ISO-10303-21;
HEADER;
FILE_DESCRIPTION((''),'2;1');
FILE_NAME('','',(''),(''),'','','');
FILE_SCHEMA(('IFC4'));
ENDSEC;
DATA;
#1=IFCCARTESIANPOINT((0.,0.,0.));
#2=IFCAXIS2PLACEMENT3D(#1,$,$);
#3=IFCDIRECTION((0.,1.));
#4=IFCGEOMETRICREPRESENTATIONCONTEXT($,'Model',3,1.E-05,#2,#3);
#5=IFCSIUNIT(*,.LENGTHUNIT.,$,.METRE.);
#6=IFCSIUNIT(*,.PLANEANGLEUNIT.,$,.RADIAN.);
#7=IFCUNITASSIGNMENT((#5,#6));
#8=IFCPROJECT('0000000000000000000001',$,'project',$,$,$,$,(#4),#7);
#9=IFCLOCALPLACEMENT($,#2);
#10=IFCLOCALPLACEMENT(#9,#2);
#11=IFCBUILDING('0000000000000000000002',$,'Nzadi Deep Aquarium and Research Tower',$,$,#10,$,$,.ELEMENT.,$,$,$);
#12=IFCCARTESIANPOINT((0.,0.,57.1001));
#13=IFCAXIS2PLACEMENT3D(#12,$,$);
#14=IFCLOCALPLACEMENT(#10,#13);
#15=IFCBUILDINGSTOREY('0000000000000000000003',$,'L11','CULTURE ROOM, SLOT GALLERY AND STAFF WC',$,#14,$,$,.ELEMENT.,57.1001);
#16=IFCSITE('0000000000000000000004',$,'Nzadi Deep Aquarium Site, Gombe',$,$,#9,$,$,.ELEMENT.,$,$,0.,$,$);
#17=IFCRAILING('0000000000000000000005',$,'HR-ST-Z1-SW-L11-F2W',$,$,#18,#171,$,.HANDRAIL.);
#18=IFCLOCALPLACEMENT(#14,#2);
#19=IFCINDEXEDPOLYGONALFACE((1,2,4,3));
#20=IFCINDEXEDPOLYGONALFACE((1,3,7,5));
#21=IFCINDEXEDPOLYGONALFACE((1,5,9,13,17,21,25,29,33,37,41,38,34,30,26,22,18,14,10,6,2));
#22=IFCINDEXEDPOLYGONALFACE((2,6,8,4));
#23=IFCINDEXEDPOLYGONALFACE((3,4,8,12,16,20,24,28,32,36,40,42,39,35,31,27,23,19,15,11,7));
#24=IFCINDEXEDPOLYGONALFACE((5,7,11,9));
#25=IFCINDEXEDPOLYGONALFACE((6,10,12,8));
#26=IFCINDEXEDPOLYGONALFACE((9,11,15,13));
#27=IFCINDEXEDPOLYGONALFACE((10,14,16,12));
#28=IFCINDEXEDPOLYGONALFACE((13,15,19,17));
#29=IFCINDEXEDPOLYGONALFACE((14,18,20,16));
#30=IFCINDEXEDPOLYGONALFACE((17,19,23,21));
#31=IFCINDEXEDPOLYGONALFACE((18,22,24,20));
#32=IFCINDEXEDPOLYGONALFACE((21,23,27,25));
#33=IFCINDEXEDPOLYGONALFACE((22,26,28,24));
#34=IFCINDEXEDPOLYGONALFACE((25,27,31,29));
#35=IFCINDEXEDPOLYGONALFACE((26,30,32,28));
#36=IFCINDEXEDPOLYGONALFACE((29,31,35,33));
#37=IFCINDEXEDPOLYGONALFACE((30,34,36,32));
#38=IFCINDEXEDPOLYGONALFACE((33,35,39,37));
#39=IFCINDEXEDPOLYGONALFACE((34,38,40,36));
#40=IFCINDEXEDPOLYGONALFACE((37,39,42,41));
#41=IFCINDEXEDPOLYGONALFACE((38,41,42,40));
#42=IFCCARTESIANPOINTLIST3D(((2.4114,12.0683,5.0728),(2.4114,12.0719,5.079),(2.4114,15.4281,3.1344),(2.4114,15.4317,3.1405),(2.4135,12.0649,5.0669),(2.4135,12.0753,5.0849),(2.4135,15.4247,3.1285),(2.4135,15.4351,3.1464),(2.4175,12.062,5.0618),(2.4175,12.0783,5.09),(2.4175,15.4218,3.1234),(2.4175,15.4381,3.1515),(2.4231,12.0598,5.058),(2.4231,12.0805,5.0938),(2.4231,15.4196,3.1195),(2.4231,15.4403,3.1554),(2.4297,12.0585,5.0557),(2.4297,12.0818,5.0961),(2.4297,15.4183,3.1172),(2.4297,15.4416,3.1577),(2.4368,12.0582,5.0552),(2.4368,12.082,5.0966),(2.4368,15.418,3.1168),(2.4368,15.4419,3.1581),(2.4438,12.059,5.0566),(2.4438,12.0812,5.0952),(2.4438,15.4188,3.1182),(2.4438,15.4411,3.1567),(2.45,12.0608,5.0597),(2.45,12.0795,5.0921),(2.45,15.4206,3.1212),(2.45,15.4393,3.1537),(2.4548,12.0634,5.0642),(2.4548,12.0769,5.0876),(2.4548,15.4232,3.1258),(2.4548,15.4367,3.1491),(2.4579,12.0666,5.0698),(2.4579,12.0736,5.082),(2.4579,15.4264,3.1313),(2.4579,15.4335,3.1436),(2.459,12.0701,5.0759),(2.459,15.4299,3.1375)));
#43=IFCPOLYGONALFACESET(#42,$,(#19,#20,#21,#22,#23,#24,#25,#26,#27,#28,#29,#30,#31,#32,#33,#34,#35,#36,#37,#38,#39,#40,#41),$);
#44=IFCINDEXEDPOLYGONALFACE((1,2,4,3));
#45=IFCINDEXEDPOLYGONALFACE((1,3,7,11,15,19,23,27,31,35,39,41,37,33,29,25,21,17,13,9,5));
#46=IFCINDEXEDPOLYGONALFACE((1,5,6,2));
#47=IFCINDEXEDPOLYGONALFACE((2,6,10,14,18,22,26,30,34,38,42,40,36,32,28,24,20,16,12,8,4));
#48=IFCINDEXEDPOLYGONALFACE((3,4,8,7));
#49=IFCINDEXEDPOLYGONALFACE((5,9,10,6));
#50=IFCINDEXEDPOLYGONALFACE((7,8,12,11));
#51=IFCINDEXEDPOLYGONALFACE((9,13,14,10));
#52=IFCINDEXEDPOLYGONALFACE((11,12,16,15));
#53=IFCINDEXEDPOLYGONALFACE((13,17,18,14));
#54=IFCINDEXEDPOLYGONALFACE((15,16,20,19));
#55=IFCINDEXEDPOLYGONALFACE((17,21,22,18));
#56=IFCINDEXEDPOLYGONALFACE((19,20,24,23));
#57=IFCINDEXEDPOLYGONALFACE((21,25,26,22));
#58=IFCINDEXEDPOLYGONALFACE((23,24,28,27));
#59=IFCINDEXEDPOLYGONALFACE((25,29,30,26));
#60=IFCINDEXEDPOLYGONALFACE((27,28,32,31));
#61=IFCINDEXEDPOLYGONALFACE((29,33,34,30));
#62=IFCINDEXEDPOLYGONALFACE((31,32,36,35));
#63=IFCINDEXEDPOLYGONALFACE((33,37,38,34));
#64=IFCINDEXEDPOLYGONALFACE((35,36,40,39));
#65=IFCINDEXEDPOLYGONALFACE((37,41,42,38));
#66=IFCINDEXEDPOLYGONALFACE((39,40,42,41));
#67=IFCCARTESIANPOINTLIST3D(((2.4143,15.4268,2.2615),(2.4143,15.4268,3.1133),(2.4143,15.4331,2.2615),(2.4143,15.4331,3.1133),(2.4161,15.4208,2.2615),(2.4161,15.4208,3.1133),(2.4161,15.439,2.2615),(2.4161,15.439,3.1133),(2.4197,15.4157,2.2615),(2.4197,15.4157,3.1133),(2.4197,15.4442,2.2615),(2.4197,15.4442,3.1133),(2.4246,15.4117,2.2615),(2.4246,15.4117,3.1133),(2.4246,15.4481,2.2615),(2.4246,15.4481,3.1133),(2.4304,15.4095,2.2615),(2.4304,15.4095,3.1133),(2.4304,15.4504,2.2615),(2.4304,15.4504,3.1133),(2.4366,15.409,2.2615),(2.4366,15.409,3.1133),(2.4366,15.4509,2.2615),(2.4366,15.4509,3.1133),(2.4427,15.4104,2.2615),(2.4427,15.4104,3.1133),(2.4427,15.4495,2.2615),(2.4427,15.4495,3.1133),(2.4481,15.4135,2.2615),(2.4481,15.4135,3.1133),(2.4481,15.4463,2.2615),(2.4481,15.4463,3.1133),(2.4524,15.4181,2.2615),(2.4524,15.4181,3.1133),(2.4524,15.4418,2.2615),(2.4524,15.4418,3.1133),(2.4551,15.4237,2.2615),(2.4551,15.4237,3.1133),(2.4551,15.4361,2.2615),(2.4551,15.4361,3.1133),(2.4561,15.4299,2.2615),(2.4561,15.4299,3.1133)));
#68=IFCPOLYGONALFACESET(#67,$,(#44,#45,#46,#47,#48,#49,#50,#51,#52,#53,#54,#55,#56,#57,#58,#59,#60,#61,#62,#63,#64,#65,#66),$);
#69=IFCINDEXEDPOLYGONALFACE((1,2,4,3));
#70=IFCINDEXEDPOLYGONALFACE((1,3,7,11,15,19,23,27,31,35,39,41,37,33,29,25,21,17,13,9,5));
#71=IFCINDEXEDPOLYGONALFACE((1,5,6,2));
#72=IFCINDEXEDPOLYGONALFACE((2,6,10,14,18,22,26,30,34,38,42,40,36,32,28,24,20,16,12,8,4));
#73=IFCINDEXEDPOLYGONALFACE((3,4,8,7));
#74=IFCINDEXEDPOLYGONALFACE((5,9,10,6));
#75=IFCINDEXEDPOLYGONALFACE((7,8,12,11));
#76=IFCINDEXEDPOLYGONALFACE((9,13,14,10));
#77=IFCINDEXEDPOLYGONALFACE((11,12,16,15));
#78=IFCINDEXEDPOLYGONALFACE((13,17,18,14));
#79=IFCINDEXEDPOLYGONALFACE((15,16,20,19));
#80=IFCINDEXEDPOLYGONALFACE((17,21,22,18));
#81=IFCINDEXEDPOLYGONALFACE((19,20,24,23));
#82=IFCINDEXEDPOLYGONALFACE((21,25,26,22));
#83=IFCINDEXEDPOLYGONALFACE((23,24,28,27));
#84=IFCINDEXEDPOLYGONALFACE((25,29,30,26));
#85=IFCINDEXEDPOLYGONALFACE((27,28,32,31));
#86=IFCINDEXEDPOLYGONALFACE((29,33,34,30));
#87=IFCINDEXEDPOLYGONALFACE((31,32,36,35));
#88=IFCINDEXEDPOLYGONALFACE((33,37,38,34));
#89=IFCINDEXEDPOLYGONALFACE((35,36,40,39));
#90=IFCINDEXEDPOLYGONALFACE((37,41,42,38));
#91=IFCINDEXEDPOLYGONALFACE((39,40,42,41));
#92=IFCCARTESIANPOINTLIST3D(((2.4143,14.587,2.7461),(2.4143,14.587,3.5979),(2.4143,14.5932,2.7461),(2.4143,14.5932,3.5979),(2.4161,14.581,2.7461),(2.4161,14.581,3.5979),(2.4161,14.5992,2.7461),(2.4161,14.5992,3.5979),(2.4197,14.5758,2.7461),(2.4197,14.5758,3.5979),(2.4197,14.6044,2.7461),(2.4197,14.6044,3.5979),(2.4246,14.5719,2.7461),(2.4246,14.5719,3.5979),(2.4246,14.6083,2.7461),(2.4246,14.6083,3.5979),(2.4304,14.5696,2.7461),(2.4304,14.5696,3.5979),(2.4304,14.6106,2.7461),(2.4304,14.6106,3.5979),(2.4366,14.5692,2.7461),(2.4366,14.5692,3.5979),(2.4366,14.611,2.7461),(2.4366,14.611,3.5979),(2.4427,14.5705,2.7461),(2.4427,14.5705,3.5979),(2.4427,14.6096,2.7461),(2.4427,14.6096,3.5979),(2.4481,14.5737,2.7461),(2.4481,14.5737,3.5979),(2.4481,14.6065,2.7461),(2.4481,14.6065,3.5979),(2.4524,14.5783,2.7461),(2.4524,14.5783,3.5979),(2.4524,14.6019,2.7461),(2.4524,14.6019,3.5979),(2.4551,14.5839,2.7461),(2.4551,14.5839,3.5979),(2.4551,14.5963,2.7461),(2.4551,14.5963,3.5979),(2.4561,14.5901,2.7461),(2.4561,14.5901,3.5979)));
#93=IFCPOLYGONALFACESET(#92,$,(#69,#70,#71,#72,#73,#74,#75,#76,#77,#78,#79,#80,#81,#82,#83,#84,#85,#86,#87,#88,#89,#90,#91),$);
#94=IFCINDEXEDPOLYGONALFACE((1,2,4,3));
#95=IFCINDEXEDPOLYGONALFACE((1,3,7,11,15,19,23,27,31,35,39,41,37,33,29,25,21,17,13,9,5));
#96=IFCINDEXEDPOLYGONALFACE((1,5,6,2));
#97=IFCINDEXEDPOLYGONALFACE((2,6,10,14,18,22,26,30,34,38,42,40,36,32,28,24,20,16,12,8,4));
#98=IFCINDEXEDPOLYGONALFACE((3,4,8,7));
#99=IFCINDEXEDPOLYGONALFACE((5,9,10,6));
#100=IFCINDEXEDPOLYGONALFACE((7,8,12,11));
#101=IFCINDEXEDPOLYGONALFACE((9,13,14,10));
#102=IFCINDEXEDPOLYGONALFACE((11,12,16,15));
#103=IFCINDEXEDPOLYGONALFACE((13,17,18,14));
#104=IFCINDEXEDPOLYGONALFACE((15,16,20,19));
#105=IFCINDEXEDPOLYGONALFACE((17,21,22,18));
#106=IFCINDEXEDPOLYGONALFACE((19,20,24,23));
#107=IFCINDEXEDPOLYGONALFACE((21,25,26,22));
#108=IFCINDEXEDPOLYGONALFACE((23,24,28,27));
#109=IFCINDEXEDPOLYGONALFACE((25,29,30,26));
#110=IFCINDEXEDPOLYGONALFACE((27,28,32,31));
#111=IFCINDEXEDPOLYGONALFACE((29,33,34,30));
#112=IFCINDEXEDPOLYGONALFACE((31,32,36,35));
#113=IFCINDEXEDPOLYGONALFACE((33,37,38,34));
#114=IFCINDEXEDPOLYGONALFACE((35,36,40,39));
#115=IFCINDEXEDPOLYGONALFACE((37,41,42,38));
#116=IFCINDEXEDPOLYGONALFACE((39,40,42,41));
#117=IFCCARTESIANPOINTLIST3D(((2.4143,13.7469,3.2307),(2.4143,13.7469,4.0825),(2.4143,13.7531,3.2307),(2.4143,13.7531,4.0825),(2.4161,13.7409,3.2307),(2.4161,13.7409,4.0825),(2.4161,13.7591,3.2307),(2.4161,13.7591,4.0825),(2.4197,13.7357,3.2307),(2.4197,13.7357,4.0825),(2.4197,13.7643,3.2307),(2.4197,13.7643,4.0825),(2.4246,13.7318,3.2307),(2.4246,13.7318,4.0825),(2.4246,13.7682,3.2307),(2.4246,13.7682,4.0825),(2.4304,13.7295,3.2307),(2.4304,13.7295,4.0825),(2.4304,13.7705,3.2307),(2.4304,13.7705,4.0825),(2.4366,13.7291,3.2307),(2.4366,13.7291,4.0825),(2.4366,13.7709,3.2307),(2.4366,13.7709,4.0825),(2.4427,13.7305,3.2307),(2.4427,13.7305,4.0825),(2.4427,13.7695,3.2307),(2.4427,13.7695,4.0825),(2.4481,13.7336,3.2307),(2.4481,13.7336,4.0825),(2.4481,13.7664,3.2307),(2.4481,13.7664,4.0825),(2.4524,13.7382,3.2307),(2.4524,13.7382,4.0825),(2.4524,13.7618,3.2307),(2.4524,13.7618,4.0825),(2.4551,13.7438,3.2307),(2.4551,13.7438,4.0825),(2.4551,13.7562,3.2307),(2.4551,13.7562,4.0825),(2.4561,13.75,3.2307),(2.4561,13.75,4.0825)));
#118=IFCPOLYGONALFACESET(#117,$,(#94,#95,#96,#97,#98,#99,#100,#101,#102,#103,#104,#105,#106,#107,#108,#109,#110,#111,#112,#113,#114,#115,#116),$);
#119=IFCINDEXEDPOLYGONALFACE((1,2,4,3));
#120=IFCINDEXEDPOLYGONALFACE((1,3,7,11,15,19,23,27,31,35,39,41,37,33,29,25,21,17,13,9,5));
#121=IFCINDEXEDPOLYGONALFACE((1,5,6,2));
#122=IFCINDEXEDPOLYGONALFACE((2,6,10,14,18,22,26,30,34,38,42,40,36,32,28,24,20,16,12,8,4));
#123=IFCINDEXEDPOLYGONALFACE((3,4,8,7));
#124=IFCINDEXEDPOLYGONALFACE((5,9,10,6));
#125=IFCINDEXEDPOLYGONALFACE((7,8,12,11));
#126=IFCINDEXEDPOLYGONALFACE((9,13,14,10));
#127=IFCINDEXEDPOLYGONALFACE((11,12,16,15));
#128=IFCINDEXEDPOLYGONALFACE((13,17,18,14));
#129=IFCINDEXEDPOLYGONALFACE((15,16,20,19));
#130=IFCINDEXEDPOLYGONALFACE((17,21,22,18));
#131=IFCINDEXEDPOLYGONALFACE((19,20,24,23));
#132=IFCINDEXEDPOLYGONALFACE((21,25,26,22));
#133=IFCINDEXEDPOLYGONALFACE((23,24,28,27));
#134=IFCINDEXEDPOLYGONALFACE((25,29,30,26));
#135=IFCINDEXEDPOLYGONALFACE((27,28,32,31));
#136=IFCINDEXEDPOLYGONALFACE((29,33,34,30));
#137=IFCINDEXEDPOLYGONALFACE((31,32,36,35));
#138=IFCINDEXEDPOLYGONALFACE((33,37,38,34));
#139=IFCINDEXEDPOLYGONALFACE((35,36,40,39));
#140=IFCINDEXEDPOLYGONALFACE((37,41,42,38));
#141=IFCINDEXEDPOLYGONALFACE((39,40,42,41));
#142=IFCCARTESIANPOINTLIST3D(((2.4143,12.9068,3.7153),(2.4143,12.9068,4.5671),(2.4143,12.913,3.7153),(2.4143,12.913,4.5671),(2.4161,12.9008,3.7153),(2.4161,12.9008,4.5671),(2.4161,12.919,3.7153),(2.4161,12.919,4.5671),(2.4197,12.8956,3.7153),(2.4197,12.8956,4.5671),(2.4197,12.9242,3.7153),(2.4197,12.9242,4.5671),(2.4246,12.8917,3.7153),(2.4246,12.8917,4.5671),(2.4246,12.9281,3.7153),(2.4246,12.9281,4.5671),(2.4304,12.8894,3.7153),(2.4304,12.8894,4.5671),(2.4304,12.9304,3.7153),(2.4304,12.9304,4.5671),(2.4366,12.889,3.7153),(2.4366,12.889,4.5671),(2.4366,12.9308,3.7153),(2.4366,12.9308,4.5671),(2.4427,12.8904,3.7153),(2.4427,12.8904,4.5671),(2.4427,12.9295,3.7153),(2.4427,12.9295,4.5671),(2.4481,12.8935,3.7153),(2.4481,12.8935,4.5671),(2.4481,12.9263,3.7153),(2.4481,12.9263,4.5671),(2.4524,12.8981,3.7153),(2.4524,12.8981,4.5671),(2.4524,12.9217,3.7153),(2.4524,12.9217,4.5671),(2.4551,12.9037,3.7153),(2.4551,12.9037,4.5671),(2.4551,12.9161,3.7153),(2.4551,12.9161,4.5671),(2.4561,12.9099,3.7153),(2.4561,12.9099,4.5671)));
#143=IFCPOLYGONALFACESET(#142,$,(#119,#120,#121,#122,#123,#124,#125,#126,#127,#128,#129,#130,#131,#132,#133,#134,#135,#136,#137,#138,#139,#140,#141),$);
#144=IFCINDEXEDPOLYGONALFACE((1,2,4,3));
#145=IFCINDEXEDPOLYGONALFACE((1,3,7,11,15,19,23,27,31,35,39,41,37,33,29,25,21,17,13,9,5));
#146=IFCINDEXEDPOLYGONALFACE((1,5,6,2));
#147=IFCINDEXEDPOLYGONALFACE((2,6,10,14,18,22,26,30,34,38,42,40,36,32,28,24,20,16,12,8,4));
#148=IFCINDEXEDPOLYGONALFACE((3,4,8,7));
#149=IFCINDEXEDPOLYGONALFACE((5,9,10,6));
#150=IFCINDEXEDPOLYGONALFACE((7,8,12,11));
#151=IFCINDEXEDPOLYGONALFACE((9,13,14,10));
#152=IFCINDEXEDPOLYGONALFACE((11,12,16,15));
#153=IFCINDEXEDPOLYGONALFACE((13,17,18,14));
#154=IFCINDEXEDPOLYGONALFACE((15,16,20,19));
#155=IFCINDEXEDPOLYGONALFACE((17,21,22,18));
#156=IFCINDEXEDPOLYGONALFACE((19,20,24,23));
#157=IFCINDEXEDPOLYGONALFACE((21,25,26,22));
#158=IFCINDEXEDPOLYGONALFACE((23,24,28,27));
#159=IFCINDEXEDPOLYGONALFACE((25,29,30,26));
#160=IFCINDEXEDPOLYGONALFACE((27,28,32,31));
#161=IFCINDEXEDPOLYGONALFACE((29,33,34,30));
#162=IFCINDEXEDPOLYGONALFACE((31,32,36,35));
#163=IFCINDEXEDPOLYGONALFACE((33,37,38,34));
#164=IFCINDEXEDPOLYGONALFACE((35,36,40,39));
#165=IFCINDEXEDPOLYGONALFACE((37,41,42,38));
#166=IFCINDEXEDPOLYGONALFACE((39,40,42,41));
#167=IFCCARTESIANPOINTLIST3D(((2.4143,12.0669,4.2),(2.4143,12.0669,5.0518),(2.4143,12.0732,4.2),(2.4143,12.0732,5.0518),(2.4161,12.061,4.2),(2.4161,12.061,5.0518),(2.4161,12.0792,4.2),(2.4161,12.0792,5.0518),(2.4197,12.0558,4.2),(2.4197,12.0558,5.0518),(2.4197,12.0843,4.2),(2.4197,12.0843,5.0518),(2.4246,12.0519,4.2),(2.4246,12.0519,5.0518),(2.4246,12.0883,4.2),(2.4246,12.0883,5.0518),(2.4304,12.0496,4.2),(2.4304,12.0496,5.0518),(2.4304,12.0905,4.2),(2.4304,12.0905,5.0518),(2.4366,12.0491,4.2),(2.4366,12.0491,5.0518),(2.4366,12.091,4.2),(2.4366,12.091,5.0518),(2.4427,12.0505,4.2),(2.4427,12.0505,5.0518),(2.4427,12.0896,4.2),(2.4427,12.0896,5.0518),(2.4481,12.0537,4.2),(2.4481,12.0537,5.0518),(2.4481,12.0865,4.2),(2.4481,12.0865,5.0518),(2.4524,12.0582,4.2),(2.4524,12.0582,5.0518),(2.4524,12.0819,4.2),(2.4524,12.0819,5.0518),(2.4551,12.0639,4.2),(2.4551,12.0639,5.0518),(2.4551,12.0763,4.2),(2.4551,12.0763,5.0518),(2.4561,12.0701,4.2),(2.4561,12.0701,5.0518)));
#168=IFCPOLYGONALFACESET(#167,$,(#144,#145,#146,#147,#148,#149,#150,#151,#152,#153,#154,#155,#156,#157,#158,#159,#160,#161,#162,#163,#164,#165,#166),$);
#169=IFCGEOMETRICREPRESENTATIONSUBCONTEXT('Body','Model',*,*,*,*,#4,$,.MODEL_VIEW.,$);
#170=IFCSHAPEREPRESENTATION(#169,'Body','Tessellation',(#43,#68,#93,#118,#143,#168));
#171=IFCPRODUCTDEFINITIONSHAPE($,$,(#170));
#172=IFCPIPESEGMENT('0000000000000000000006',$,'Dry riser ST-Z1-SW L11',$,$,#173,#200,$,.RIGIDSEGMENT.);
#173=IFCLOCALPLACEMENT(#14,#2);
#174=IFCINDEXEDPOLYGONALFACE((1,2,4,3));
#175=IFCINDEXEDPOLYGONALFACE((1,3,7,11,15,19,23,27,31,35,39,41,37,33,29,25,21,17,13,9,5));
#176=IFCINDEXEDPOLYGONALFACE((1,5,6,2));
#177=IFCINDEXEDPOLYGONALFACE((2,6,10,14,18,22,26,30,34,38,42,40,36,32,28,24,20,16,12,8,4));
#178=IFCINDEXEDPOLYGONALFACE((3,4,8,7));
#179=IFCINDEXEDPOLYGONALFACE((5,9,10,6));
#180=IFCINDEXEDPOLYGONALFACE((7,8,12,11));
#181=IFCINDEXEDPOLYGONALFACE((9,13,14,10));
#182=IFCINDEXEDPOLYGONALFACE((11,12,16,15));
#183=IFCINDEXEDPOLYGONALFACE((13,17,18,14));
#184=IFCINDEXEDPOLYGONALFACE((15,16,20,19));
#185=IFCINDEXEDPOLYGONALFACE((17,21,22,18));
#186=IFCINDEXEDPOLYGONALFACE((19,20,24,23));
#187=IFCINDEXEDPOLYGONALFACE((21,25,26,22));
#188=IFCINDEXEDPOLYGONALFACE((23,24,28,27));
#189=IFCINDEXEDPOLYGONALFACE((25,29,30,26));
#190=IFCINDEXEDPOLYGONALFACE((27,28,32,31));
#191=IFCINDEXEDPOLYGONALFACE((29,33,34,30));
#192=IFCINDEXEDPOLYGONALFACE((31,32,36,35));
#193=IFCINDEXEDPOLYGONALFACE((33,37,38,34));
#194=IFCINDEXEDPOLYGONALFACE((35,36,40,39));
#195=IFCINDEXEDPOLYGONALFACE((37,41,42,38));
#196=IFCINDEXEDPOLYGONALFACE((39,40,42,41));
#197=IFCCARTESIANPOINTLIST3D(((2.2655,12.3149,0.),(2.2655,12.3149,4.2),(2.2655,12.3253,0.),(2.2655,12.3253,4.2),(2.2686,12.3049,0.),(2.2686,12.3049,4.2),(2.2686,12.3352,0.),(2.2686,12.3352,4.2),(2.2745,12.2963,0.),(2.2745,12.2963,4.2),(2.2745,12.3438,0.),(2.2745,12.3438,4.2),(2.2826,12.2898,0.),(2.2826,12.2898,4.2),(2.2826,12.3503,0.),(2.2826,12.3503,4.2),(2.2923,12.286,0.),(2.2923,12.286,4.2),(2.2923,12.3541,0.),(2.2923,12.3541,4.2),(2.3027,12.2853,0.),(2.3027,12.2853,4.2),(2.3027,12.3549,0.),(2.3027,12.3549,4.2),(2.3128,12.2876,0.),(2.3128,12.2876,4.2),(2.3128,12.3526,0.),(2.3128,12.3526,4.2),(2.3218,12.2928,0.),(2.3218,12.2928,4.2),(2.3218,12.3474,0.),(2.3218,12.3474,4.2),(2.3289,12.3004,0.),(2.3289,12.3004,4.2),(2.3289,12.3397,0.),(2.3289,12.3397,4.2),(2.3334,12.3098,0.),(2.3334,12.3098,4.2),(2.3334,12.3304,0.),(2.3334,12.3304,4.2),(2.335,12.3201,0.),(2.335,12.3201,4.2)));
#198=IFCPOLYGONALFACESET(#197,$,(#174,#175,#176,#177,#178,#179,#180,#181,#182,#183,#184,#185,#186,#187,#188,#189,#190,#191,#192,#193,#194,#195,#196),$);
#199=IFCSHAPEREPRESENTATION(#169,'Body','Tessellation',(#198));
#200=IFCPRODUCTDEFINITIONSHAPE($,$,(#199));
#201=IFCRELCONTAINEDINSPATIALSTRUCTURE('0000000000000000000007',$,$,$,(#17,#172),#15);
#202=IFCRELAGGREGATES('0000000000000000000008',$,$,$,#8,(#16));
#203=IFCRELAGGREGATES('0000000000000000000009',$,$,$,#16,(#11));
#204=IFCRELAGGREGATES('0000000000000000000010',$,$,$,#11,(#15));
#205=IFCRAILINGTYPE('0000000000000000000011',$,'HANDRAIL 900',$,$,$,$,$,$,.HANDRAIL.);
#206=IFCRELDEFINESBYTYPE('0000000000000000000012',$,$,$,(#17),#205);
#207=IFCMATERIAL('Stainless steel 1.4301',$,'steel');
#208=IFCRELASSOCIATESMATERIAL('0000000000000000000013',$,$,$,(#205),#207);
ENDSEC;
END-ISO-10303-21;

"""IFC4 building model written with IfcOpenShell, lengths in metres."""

from ifc_helpers import new_model, si_unit, direction, frame, origin, origin_2d, place, context, subcontext, project, spatial, circle, extrude, material, type_object, element, save


model = new_model("IFC4")

# Units and contexts
model_context = context("Model", 3, precision=1e-05, world=origin(), true_north=direction((0.0, 1.0)))
body_context = subcontext(model_context, "Body", "Model", "MODEL_VIEW")
ifc_project = project(units=[si_unit("LENGTHUNIT", "METRE"), si_unit("PLANEANGLEUNIT", "RADIAN")], contexts=[model_context])

# Site, building, storey
site_placement = place(None, origin())
site = spatial("IfcSite", under=ifc_project, at=site_placement, Name="Nzadi Deep Aquarium Site, Gombe", CompositionType="ELEMENT", RefElevation=0.0)
building_placement = place(site_placement, origin())
building = spatial("IfcBuilding", under=site, at=building_placement, Name="Nzadi Deep Aquarium and Research Tower", CompositionType="ELEMENT")
storey_placement = place(building_placement, frame((0.0, 0.0, 57.1001)))
storey = spatial("IfcBuildingStorey", under=building, at=storey_placement, Name="L11", Description="CULTURE ROOM, SLOT GALLERY AND STAFF WC", CompositionType="ELEMENT", Elevation=57.1001)

# Railing
ifc_material_1 = material(Name="Stainless steel 1.4301", Category="steel")
railing_type = type_object("IfcRailingType", Name="HANDRAIL 900", PredefinedType="HANDRAIL", material=ifc_material_1)
for number, where, name in (
    (1, (2.4351, 15.4299, 2.2615), "HR-ST-Z1-SW-L11-F2W"),
):
    element("IfcRailing", number, at=place(storey_placement, frame(where)), inside=storey, type_object=railing_type, Name=name, PredefinedType="HANDRAIL", context=body_context, shape_type="SweptSolid", body=[
        extrude(circle(Radius=0.0239, at=origin_2d()), frame((0.0, 0.0, 0.876), z_axis=(0.0, -0.866175, 0.499741), x_axis=(1.0, 0.0, 0.0)), (0.0, 0.0, 1.0), 3.8789),
        extrude(circle(Radius=0.021, at=origin_2d()), origin(), (0.0, 0.0, 1.0), 0.8518),
        extrude(circle(Radius=0.021, at=origin_2d()), frame((0.0, -0.8398, 0.4846)), (0.0, 0.0, 1.0), 0.8518),
        extrude(circle(Radius=0.021, at=origin_2d()), frame((0.0, -1.6799, 0.9692)), (0.0, 0.0, 1.0), 0.8518),
        extrude(circle(Radius=0.021, at=origin_2d()), frame((0.0, -2.52, 1.4539)), (0.0, 0.0, 1.0), 0.8518),
        extrude(circle(Radius=0.021, at=origin_2d()), frame((0.0, -3.3599, 1.9385)), (0.0, 0.0, 1.0), 0.8518),
    ])

# Pipe segment
pipe_segment_placement = place(storey_placement, frame((2.3, 12.3201, 0.0), z_axis=(0.0, 0.0, 1.0), x_axis=(1.0, 0.0, 0.0)))
element("IfcPipeSegment", 2, at=pipe_segment_placement, inside=storey, Name="Dry riser ST-Z1-SW L11", PredefinedType="RIGIDSEGMENT", context=body_context, shape_type="SweptSolid", body=[
    extrude(circle(Radius=0.0349, at=origin_2d()), origin(), (0.0, 0.0, 1.0), 4.2),
])

save(model, "model.ifc")
